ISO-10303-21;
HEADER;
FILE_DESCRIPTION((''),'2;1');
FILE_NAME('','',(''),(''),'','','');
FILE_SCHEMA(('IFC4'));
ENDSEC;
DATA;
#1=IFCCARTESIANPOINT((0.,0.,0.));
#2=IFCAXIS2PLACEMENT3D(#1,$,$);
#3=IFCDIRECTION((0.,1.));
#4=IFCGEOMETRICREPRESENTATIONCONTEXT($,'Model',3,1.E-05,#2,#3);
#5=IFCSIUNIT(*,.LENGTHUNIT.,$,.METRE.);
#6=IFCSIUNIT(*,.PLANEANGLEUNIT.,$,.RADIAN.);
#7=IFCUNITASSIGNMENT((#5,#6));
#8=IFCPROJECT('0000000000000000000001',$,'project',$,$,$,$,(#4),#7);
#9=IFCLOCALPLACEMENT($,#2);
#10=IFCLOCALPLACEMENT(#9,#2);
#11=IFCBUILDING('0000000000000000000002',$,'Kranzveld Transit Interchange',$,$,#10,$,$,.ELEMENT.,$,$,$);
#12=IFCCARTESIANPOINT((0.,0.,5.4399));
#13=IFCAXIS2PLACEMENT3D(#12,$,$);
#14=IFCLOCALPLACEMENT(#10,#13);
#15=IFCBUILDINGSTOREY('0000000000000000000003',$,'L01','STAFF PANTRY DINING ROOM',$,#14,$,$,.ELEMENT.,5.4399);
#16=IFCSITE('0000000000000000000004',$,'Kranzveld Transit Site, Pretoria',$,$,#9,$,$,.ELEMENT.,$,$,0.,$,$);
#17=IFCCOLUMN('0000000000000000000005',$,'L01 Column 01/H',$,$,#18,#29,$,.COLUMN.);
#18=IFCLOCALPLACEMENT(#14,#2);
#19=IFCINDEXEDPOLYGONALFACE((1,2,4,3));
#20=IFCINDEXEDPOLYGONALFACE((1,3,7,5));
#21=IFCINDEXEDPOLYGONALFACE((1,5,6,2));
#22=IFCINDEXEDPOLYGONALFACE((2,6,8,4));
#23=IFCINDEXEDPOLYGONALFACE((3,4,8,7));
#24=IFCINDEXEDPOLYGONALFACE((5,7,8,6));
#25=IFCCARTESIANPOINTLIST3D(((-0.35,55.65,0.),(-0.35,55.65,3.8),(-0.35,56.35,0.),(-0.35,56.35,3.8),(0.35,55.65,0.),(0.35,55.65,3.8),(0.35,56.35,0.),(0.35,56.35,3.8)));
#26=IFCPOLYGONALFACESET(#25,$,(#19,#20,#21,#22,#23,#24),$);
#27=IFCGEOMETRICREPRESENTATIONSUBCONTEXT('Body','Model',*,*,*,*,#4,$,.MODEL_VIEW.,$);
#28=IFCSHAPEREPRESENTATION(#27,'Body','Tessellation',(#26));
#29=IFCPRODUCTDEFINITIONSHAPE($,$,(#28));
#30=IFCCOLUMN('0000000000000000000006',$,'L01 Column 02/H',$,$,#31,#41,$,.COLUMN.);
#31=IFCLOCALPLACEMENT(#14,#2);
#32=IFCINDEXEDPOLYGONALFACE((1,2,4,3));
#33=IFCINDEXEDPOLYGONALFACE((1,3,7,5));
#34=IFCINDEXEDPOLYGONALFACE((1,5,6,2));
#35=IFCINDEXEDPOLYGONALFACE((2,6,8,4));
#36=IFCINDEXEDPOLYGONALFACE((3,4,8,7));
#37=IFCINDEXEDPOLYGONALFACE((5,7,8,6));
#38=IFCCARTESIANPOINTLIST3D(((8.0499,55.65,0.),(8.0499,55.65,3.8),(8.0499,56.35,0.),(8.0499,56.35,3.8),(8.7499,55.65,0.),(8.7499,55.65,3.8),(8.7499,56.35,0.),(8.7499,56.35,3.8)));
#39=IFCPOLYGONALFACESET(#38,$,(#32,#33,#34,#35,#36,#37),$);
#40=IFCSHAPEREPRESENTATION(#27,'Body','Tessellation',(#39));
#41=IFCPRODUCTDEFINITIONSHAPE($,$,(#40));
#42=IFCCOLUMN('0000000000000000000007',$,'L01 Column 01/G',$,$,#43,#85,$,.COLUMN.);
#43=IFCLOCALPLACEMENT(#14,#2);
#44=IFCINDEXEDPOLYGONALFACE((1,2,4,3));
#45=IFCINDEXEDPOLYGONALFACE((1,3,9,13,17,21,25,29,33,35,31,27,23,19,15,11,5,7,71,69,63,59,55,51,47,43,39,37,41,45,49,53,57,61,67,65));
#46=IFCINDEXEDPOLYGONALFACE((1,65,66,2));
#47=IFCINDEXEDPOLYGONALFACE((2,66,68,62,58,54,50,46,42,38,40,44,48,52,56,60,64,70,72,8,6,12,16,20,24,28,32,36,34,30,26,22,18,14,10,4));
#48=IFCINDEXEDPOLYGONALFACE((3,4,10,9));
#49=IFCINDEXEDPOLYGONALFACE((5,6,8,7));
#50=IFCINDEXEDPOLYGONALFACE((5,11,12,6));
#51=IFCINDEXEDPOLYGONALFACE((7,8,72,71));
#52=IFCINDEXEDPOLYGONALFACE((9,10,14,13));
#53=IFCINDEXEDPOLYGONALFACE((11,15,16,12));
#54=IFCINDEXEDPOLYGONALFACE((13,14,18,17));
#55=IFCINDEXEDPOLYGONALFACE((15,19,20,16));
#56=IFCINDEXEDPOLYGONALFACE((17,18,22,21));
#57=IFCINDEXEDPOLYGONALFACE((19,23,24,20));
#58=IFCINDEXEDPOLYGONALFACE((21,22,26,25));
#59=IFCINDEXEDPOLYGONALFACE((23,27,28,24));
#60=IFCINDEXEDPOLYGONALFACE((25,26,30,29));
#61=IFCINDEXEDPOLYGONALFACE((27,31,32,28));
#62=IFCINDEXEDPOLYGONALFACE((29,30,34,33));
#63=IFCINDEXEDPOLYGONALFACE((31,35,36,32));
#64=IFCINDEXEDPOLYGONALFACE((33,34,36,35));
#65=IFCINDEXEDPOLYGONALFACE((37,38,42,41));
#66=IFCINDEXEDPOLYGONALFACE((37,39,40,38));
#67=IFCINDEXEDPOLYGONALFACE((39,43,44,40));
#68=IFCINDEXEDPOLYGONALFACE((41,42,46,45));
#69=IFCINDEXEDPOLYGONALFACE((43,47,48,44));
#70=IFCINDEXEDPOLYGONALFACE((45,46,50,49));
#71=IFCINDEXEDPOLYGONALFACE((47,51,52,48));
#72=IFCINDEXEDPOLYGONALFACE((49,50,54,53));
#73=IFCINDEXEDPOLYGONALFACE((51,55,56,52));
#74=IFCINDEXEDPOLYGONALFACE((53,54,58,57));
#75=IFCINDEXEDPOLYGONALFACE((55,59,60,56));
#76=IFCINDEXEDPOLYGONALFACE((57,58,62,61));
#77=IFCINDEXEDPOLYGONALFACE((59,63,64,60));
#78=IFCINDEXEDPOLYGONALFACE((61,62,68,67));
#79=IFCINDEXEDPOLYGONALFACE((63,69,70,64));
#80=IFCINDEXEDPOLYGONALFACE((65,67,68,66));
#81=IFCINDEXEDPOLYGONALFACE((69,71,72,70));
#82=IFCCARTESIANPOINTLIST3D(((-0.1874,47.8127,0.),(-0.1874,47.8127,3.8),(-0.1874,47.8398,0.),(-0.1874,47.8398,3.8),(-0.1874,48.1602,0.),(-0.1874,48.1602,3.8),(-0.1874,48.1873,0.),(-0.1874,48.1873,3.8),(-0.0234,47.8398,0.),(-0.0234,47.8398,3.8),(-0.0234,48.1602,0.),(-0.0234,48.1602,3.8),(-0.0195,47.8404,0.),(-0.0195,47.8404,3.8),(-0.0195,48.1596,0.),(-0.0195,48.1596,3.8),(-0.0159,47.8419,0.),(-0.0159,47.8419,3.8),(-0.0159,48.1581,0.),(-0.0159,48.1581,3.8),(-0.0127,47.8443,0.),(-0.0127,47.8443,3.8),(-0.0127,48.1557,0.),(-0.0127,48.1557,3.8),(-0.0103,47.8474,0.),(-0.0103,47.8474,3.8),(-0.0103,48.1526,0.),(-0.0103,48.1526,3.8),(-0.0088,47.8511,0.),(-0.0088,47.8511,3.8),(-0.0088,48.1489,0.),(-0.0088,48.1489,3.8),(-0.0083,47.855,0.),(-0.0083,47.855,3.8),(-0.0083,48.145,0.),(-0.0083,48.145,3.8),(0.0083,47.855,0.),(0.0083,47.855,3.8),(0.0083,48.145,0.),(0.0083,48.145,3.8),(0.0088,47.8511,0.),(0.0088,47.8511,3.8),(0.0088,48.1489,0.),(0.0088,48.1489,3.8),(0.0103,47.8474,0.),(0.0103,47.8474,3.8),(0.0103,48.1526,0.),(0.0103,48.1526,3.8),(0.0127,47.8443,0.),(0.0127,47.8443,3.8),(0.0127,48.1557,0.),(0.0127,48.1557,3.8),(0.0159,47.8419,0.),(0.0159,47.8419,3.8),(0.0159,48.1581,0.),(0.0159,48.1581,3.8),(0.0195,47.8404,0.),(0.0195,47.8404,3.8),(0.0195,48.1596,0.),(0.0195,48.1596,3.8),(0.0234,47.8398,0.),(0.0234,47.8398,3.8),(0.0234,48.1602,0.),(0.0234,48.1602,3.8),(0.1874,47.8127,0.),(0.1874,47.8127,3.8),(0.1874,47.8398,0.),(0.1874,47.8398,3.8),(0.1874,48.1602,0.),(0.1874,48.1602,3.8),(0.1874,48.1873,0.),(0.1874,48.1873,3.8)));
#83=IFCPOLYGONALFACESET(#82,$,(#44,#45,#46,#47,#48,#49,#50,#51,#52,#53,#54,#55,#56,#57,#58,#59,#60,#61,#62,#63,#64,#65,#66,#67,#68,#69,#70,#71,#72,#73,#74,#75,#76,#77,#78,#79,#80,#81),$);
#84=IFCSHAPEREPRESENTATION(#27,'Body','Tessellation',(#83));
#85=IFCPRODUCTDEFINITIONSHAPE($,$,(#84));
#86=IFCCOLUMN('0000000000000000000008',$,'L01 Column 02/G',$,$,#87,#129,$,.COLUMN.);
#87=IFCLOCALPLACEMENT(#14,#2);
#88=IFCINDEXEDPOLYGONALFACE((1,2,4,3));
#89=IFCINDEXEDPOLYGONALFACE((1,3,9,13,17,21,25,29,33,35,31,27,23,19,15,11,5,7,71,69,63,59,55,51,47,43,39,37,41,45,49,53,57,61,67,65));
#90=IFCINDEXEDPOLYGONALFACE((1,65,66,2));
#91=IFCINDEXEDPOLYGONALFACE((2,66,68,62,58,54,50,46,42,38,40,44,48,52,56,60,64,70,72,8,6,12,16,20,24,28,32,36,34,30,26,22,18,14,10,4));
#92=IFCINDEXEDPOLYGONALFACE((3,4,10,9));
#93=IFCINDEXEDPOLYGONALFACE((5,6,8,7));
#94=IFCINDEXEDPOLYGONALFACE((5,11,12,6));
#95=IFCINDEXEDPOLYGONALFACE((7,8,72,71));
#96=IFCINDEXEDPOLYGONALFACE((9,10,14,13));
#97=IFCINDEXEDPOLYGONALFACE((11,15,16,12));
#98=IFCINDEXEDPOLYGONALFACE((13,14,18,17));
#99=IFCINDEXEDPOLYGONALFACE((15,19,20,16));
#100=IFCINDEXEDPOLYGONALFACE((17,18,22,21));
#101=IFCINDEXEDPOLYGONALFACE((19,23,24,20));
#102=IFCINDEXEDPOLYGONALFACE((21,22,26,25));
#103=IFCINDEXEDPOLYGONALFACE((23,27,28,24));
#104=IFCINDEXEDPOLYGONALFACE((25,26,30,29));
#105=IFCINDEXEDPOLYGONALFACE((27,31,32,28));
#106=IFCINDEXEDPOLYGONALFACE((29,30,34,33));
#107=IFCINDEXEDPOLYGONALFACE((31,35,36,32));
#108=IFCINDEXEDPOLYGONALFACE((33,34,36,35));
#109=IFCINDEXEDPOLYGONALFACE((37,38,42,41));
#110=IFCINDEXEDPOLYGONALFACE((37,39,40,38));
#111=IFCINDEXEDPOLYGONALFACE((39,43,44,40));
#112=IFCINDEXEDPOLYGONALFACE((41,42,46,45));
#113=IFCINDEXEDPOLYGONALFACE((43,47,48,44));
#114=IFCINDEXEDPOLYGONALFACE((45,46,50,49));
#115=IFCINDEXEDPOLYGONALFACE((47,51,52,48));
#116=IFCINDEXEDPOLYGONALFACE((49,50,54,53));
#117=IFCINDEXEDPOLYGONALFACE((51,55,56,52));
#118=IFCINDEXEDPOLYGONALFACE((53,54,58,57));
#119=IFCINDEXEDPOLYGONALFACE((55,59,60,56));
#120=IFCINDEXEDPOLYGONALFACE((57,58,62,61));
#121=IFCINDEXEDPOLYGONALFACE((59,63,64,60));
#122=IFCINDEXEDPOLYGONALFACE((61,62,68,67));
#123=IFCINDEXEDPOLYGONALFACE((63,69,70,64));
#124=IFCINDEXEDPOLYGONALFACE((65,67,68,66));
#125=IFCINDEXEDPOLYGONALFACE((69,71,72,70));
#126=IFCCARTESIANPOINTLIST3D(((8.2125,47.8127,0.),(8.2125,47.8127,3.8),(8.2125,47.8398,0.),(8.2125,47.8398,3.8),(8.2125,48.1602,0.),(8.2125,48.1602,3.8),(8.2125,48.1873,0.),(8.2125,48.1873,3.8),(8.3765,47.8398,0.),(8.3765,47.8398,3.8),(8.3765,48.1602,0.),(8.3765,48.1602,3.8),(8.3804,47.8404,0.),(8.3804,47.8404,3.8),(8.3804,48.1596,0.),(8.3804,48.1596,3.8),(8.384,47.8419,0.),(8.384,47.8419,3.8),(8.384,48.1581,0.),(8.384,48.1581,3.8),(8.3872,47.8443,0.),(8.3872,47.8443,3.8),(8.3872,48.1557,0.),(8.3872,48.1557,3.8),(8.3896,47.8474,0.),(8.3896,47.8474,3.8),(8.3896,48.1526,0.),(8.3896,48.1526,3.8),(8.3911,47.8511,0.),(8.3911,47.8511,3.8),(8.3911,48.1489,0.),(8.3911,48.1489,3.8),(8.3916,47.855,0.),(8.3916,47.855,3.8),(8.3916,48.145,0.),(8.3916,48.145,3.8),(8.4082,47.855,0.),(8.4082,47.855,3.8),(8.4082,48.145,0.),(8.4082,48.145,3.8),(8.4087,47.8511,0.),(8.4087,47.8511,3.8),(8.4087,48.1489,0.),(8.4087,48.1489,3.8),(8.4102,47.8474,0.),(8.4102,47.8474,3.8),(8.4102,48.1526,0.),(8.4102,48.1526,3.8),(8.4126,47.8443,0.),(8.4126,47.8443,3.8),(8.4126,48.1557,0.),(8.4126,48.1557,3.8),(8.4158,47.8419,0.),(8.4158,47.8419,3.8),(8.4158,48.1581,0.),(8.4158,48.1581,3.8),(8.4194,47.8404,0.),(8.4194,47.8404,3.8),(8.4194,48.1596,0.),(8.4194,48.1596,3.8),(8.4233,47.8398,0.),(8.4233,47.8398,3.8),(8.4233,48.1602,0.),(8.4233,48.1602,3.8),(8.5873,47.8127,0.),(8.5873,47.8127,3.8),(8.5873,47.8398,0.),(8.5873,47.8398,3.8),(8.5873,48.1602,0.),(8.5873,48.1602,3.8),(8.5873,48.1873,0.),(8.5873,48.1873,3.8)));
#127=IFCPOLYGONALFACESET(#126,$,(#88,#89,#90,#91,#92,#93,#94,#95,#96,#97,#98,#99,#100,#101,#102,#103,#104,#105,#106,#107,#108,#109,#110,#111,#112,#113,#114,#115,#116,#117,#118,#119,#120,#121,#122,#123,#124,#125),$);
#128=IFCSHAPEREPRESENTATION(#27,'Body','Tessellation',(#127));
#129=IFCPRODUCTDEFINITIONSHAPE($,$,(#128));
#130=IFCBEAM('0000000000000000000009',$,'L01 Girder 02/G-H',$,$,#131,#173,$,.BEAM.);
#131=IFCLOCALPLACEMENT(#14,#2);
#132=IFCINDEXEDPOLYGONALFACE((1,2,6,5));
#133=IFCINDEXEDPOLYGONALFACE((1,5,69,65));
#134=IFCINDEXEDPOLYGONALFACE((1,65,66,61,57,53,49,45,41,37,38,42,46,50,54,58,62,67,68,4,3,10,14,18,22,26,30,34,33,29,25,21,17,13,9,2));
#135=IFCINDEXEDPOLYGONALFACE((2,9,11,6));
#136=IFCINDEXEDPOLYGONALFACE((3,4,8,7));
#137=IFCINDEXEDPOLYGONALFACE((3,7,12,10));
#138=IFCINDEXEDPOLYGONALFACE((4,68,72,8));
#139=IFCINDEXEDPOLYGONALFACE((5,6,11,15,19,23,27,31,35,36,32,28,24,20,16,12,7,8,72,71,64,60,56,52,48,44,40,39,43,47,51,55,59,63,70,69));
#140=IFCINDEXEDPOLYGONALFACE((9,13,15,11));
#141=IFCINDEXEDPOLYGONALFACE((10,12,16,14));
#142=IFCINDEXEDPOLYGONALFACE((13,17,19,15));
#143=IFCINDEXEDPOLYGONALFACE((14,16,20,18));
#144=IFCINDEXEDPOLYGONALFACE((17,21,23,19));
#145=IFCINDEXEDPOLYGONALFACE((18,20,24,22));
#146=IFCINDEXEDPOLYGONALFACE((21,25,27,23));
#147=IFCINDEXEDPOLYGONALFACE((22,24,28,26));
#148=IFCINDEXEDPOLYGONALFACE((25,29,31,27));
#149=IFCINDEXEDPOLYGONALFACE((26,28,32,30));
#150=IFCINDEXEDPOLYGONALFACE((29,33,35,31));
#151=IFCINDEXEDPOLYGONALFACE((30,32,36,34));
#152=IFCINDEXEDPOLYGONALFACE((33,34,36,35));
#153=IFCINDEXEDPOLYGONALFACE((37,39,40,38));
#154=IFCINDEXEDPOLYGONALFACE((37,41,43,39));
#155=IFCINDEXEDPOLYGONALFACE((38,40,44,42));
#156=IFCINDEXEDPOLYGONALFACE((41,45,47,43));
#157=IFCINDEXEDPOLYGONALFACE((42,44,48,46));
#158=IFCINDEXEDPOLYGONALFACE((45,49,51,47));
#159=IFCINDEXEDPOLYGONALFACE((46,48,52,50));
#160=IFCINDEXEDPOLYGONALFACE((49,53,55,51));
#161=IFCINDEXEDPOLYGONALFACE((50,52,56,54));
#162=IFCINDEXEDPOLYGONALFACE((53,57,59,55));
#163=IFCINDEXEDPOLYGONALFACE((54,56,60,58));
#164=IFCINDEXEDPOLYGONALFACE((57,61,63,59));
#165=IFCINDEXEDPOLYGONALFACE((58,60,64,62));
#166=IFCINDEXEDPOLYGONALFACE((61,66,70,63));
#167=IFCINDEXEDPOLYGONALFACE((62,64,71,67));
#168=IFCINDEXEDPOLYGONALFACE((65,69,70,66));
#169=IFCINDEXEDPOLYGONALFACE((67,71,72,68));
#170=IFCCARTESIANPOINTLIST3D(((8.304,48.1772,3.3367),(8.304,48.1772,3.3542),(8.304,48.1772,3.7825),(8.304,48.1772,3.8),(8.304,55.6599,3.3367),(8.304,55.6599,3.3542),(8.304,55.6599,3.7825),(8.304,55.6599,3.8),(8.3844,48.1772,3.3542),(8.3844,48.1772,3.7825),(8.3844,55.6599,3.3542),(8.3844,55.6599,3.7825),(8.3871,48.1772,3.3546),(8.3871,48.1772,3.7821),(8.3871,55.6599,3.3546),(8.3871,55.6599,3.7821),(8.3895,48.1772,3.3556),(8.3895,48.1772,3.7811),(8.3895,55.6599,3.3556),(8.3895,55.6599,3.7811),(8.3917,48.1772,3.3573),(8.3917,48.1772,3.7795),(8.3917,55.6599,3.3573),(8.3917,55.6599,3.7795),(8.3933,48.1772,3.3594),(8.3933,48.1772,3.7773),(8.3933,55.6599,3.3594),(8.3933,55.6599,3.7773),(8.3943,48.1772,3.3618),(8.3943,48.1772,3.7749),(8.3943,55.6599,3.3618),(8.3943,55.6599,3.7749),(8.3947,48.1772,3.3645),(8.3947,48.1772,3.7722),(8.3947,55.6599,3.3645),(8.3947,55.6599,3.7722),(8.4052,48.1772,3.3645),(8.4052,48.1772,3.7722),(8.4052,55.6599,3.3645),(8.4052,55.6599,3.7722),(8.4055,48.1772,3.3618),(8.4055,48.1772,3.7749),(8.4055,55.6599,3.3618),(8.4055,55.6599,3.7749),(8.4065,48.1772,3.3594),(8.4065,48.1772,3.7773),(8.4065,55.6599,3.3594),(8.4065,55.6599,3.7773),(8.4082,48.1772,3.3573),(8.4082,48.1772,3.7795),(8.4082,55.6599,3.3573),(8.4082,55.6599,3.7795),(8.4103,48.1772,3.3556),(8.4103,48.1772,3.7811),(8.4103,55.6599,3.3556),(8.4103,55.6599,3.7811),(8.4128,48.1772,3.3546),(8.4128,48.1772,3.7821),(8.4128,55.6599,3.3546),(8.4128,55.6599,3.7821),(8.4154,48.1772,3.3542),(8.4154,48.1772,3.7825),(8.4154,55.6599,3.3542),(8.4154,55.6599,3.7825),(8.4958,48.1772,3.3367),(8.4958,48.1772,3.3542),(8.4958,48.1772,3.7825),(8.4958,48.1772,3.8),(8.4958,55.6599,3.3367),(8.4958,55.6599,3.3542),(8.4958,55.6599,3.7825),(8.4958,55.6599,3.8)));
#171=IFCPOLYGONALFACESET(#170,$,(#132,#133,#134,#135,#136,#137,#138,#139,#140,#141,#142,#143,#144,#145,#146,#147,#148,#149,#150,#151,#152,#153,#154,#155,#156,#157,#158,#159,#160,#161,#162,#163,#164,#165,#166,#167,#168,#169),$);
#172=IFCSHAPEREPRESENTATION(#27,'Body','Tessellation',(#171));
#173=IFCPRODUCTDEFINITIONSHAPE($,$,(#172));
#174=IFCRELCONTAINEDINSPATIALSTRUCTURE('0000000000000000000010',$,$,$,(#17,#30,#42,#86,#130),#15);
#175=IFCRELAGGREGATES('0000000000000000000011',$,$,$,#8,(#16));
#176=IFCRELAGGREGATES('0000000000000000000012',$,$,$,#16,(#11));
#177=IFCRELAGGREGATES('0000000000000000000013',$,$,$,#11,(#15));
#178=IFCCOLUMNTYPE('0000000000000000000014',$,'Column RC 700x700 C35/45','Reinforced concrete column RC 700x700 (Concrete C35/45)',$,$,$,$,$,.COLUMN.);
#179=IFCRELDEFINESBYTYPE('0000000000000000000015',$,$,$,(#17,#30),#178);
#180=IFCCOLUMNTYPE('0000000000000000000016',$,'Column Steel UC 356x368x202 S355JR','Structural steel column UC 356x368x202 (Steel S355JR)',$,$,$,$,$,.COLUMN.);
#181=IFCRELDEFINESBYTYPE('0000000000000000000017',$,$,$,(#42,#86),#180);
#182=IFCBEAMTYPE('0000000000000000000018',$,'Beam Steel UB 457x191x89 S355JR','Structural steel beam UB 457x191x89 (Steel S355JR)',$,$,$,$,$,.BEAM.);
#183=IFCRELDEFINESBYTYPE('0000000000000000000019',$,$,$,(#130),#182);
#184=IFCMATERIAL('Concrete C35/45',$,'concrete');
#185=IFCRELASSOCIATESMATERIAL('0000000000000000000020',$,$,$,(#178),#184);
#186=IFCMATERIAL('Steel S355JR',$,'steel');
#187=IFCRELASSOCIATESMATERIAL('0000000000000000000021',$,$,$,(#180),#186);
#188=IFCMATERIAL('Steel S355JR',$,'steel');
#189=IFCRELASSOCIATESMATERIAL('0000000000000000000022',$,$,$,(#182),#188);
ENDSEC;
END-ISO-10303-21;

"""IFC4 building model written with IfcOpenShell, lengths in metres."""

from ifc_helpers import new_model, si_unit, direction, frame, origin, origin_2d, place, context, subcontext, project, spatial, rectangle, i_section, extrude, material, material_profile, profile_set, type_object, element, save


model = new_model("IFC4")

# Units and contexts
model_context = context("Model", 3, precision=1e-05, world=origin(), true_north=direction((0.0, 1.0)))
body_context = subcontext(model_context, "Body", "Model", "MODEL_VIEW")
ifc_project = project(units=[si_unit("LENGTHUNIT", "METRE"), si_unit("PLANEANGLEUNIT", "RADIAN")], contexts=[model_context])

# Site, building, storey
site_placement = place(None, origin())
site = spatial("IfcSite", under=ifc_project, at=site_placement, Name="Kranzveld Transit Site, Pretoria", CompositionType="ELEMENT", RefElevation=0.0)
building_placement = place(site_placement, origin())
building = spatial("IfcBuilding", under=site, at=building_placement, Name="Kranzveld Transit Interchange", CompositionType="ELEMENT")
storey_placement = place(building_placement, frame((0.0, 0.0, 5.4399)))
storey = spatial("IfcBuildingStorey", under=building, at=storey_placement, Name="L01", Description="STAFF PANTRY DINING ROOM", CompositionType="ELEMENT", Elevation=5.4399)

# Columns
ifc_material_1 = material(Name="Concrete C35/45", Category="concrete")
ifc_material_profile_1 = material_profile(ifc_material_1, rectangle(XDim=0.7, YDim=0.7, at=origin_2d()), Name="RC 700x700")
ifc_profile_set_1 = profile_set([ifc_material_profile_1], Name="Concrete C35/45")
column_type_1 = type_object("IfcColumnType", Name="Column RC 700x700 C35/45", Description="Reinforced concrete column RC 700x700 (Concrete C35/45)", PredefinedType="COLUMN", material=ifc_profile_set_1)
for number, where, z_axis, x_axis, name in (
    (1, (0.0, 56.0, 0.0), (0.0, 0.0, 1.0), (1.0, 0.0, 0.0), "L01 Column 01/H"),
    (2, (8.3999, 56.0, 0.0), (0.0, 0.0, 1.0), (1.0, 0.0, 0.0), "L01 Column 02/H"),
):
    element("IfcColumn", number, at=place(storey_placement, frame(where, z_axis=z_axis, x_axis=x_axis)), inside=storey, type_object=column_type_1, Name=name, PredefinedType="COLUMN", context=body_context, shape_type="SweptSolid", body=[
        extrude(rectangle(XDim=0.7, YDim=0.7, at=origin_2d()), origin(), (0.0, 0.0, 1.0), 3.8),
    ])
ifc_material_2 = material(Name="Steel S355JR", Category="steel")
ifc_material_profile_2 = material_profile(ifc_material_2, i_section(OverallWidth=0.3748, OverallDepth=0.3745, WebThickness=0.0166, FlangeThickness=0.0271, FilletRadius=0.0151, at=origin_2d()), Name="UC 356x368x202")
ifc_profile_set_2 = profile_set([ifc_material_profile_2], Name="Steel S355JR")
column_type_2 = type_object("IfcColumnType", Name="Column Steel UC 356x368x202 S355JR", Description="Structural steel column UC 356x368x202 (Steel S355JR)", PredefinedType="COLUMN", material=ifc_profile_set_2)
for number, where, z_axis, x_axis, name in (
    (3, (0.0, 48.0, 0.0), (0.0, 0.0, 1.0), (1.0, 0.0, 0.0), "L01 Column 01/G"),
    (4, (8.3999, 48.0, 0.0), (0.0, 0.0, 1.0), (1.0, 0.0, 0.0), "L01 Column 02/G"),
):
    element("IfcColumn", number, at=place(storey_placement, frame(where, z_axis=z_axis, x_axis=x_axis)), inside=storey, type_object=column_type_2, Name=name, PredefinedType="COLUMN", context=body_context, shape_type="SweptSolid", body=[
        extrude(i_section(OverallWidth=0.3748, OverallDepth=0.3745, WebThickness=0.0166, FlangeThickness=0.0271, FilletRadius=0.0151, at=origin_2d()), origin(), (0.0, 0.0, 1.0), 3.8),
    ])

# Beam
ifc_material_3 = material(Name="Steel S355JR", Category="steel")
ifc_material_profile_3 = material_profile(ifc_material_3, i_section(OverallWidth=0.1919, OverallDepth=0.4634, WebThickness=0.0105, FlangeThickness=0.0176, FilletRadius=0.0103, at=origin_2d()), Name="UB 457x191x89")
ifc_profile_set_3 = profile_set([ifc_material_profile_3], Name="Steel S355JR")
beam_type_1 = type_object("IfcBeamType", Name="Beam Steel UB 457x191x89 S355JR", Description="Structural steel beam UB 457x191x89 (Steel S355JR)", PredefinedType="BEAM", material=ifc_profile_set_3)
beam_1_placement = place(storey_placement, frame((8.3999, 48.1772, 3.5684), z_axis=(0.0, 1.0, 0.0), x_axis=(-1.0, 0.0, 0.0)))
element("IfcBeam", 5, at=beam_1_placement, inside=storey, type_object=beam_type_1, Name="L01 Girder 02/G-H", PredefinedType="BEAM", context=body_context, shape_type="SweptSolid", body=[
    extrude(i_section(OverallWidth=0.1919, OverallDepth=0.4634, WebThickness=0.0105, FlangeThickness=0.0176, FilletRadius=0.0103, at=origin_2d()), origin(), (0.0, 0.0, 1.0), 7.4827),
])

save(model, "model.ifc")
